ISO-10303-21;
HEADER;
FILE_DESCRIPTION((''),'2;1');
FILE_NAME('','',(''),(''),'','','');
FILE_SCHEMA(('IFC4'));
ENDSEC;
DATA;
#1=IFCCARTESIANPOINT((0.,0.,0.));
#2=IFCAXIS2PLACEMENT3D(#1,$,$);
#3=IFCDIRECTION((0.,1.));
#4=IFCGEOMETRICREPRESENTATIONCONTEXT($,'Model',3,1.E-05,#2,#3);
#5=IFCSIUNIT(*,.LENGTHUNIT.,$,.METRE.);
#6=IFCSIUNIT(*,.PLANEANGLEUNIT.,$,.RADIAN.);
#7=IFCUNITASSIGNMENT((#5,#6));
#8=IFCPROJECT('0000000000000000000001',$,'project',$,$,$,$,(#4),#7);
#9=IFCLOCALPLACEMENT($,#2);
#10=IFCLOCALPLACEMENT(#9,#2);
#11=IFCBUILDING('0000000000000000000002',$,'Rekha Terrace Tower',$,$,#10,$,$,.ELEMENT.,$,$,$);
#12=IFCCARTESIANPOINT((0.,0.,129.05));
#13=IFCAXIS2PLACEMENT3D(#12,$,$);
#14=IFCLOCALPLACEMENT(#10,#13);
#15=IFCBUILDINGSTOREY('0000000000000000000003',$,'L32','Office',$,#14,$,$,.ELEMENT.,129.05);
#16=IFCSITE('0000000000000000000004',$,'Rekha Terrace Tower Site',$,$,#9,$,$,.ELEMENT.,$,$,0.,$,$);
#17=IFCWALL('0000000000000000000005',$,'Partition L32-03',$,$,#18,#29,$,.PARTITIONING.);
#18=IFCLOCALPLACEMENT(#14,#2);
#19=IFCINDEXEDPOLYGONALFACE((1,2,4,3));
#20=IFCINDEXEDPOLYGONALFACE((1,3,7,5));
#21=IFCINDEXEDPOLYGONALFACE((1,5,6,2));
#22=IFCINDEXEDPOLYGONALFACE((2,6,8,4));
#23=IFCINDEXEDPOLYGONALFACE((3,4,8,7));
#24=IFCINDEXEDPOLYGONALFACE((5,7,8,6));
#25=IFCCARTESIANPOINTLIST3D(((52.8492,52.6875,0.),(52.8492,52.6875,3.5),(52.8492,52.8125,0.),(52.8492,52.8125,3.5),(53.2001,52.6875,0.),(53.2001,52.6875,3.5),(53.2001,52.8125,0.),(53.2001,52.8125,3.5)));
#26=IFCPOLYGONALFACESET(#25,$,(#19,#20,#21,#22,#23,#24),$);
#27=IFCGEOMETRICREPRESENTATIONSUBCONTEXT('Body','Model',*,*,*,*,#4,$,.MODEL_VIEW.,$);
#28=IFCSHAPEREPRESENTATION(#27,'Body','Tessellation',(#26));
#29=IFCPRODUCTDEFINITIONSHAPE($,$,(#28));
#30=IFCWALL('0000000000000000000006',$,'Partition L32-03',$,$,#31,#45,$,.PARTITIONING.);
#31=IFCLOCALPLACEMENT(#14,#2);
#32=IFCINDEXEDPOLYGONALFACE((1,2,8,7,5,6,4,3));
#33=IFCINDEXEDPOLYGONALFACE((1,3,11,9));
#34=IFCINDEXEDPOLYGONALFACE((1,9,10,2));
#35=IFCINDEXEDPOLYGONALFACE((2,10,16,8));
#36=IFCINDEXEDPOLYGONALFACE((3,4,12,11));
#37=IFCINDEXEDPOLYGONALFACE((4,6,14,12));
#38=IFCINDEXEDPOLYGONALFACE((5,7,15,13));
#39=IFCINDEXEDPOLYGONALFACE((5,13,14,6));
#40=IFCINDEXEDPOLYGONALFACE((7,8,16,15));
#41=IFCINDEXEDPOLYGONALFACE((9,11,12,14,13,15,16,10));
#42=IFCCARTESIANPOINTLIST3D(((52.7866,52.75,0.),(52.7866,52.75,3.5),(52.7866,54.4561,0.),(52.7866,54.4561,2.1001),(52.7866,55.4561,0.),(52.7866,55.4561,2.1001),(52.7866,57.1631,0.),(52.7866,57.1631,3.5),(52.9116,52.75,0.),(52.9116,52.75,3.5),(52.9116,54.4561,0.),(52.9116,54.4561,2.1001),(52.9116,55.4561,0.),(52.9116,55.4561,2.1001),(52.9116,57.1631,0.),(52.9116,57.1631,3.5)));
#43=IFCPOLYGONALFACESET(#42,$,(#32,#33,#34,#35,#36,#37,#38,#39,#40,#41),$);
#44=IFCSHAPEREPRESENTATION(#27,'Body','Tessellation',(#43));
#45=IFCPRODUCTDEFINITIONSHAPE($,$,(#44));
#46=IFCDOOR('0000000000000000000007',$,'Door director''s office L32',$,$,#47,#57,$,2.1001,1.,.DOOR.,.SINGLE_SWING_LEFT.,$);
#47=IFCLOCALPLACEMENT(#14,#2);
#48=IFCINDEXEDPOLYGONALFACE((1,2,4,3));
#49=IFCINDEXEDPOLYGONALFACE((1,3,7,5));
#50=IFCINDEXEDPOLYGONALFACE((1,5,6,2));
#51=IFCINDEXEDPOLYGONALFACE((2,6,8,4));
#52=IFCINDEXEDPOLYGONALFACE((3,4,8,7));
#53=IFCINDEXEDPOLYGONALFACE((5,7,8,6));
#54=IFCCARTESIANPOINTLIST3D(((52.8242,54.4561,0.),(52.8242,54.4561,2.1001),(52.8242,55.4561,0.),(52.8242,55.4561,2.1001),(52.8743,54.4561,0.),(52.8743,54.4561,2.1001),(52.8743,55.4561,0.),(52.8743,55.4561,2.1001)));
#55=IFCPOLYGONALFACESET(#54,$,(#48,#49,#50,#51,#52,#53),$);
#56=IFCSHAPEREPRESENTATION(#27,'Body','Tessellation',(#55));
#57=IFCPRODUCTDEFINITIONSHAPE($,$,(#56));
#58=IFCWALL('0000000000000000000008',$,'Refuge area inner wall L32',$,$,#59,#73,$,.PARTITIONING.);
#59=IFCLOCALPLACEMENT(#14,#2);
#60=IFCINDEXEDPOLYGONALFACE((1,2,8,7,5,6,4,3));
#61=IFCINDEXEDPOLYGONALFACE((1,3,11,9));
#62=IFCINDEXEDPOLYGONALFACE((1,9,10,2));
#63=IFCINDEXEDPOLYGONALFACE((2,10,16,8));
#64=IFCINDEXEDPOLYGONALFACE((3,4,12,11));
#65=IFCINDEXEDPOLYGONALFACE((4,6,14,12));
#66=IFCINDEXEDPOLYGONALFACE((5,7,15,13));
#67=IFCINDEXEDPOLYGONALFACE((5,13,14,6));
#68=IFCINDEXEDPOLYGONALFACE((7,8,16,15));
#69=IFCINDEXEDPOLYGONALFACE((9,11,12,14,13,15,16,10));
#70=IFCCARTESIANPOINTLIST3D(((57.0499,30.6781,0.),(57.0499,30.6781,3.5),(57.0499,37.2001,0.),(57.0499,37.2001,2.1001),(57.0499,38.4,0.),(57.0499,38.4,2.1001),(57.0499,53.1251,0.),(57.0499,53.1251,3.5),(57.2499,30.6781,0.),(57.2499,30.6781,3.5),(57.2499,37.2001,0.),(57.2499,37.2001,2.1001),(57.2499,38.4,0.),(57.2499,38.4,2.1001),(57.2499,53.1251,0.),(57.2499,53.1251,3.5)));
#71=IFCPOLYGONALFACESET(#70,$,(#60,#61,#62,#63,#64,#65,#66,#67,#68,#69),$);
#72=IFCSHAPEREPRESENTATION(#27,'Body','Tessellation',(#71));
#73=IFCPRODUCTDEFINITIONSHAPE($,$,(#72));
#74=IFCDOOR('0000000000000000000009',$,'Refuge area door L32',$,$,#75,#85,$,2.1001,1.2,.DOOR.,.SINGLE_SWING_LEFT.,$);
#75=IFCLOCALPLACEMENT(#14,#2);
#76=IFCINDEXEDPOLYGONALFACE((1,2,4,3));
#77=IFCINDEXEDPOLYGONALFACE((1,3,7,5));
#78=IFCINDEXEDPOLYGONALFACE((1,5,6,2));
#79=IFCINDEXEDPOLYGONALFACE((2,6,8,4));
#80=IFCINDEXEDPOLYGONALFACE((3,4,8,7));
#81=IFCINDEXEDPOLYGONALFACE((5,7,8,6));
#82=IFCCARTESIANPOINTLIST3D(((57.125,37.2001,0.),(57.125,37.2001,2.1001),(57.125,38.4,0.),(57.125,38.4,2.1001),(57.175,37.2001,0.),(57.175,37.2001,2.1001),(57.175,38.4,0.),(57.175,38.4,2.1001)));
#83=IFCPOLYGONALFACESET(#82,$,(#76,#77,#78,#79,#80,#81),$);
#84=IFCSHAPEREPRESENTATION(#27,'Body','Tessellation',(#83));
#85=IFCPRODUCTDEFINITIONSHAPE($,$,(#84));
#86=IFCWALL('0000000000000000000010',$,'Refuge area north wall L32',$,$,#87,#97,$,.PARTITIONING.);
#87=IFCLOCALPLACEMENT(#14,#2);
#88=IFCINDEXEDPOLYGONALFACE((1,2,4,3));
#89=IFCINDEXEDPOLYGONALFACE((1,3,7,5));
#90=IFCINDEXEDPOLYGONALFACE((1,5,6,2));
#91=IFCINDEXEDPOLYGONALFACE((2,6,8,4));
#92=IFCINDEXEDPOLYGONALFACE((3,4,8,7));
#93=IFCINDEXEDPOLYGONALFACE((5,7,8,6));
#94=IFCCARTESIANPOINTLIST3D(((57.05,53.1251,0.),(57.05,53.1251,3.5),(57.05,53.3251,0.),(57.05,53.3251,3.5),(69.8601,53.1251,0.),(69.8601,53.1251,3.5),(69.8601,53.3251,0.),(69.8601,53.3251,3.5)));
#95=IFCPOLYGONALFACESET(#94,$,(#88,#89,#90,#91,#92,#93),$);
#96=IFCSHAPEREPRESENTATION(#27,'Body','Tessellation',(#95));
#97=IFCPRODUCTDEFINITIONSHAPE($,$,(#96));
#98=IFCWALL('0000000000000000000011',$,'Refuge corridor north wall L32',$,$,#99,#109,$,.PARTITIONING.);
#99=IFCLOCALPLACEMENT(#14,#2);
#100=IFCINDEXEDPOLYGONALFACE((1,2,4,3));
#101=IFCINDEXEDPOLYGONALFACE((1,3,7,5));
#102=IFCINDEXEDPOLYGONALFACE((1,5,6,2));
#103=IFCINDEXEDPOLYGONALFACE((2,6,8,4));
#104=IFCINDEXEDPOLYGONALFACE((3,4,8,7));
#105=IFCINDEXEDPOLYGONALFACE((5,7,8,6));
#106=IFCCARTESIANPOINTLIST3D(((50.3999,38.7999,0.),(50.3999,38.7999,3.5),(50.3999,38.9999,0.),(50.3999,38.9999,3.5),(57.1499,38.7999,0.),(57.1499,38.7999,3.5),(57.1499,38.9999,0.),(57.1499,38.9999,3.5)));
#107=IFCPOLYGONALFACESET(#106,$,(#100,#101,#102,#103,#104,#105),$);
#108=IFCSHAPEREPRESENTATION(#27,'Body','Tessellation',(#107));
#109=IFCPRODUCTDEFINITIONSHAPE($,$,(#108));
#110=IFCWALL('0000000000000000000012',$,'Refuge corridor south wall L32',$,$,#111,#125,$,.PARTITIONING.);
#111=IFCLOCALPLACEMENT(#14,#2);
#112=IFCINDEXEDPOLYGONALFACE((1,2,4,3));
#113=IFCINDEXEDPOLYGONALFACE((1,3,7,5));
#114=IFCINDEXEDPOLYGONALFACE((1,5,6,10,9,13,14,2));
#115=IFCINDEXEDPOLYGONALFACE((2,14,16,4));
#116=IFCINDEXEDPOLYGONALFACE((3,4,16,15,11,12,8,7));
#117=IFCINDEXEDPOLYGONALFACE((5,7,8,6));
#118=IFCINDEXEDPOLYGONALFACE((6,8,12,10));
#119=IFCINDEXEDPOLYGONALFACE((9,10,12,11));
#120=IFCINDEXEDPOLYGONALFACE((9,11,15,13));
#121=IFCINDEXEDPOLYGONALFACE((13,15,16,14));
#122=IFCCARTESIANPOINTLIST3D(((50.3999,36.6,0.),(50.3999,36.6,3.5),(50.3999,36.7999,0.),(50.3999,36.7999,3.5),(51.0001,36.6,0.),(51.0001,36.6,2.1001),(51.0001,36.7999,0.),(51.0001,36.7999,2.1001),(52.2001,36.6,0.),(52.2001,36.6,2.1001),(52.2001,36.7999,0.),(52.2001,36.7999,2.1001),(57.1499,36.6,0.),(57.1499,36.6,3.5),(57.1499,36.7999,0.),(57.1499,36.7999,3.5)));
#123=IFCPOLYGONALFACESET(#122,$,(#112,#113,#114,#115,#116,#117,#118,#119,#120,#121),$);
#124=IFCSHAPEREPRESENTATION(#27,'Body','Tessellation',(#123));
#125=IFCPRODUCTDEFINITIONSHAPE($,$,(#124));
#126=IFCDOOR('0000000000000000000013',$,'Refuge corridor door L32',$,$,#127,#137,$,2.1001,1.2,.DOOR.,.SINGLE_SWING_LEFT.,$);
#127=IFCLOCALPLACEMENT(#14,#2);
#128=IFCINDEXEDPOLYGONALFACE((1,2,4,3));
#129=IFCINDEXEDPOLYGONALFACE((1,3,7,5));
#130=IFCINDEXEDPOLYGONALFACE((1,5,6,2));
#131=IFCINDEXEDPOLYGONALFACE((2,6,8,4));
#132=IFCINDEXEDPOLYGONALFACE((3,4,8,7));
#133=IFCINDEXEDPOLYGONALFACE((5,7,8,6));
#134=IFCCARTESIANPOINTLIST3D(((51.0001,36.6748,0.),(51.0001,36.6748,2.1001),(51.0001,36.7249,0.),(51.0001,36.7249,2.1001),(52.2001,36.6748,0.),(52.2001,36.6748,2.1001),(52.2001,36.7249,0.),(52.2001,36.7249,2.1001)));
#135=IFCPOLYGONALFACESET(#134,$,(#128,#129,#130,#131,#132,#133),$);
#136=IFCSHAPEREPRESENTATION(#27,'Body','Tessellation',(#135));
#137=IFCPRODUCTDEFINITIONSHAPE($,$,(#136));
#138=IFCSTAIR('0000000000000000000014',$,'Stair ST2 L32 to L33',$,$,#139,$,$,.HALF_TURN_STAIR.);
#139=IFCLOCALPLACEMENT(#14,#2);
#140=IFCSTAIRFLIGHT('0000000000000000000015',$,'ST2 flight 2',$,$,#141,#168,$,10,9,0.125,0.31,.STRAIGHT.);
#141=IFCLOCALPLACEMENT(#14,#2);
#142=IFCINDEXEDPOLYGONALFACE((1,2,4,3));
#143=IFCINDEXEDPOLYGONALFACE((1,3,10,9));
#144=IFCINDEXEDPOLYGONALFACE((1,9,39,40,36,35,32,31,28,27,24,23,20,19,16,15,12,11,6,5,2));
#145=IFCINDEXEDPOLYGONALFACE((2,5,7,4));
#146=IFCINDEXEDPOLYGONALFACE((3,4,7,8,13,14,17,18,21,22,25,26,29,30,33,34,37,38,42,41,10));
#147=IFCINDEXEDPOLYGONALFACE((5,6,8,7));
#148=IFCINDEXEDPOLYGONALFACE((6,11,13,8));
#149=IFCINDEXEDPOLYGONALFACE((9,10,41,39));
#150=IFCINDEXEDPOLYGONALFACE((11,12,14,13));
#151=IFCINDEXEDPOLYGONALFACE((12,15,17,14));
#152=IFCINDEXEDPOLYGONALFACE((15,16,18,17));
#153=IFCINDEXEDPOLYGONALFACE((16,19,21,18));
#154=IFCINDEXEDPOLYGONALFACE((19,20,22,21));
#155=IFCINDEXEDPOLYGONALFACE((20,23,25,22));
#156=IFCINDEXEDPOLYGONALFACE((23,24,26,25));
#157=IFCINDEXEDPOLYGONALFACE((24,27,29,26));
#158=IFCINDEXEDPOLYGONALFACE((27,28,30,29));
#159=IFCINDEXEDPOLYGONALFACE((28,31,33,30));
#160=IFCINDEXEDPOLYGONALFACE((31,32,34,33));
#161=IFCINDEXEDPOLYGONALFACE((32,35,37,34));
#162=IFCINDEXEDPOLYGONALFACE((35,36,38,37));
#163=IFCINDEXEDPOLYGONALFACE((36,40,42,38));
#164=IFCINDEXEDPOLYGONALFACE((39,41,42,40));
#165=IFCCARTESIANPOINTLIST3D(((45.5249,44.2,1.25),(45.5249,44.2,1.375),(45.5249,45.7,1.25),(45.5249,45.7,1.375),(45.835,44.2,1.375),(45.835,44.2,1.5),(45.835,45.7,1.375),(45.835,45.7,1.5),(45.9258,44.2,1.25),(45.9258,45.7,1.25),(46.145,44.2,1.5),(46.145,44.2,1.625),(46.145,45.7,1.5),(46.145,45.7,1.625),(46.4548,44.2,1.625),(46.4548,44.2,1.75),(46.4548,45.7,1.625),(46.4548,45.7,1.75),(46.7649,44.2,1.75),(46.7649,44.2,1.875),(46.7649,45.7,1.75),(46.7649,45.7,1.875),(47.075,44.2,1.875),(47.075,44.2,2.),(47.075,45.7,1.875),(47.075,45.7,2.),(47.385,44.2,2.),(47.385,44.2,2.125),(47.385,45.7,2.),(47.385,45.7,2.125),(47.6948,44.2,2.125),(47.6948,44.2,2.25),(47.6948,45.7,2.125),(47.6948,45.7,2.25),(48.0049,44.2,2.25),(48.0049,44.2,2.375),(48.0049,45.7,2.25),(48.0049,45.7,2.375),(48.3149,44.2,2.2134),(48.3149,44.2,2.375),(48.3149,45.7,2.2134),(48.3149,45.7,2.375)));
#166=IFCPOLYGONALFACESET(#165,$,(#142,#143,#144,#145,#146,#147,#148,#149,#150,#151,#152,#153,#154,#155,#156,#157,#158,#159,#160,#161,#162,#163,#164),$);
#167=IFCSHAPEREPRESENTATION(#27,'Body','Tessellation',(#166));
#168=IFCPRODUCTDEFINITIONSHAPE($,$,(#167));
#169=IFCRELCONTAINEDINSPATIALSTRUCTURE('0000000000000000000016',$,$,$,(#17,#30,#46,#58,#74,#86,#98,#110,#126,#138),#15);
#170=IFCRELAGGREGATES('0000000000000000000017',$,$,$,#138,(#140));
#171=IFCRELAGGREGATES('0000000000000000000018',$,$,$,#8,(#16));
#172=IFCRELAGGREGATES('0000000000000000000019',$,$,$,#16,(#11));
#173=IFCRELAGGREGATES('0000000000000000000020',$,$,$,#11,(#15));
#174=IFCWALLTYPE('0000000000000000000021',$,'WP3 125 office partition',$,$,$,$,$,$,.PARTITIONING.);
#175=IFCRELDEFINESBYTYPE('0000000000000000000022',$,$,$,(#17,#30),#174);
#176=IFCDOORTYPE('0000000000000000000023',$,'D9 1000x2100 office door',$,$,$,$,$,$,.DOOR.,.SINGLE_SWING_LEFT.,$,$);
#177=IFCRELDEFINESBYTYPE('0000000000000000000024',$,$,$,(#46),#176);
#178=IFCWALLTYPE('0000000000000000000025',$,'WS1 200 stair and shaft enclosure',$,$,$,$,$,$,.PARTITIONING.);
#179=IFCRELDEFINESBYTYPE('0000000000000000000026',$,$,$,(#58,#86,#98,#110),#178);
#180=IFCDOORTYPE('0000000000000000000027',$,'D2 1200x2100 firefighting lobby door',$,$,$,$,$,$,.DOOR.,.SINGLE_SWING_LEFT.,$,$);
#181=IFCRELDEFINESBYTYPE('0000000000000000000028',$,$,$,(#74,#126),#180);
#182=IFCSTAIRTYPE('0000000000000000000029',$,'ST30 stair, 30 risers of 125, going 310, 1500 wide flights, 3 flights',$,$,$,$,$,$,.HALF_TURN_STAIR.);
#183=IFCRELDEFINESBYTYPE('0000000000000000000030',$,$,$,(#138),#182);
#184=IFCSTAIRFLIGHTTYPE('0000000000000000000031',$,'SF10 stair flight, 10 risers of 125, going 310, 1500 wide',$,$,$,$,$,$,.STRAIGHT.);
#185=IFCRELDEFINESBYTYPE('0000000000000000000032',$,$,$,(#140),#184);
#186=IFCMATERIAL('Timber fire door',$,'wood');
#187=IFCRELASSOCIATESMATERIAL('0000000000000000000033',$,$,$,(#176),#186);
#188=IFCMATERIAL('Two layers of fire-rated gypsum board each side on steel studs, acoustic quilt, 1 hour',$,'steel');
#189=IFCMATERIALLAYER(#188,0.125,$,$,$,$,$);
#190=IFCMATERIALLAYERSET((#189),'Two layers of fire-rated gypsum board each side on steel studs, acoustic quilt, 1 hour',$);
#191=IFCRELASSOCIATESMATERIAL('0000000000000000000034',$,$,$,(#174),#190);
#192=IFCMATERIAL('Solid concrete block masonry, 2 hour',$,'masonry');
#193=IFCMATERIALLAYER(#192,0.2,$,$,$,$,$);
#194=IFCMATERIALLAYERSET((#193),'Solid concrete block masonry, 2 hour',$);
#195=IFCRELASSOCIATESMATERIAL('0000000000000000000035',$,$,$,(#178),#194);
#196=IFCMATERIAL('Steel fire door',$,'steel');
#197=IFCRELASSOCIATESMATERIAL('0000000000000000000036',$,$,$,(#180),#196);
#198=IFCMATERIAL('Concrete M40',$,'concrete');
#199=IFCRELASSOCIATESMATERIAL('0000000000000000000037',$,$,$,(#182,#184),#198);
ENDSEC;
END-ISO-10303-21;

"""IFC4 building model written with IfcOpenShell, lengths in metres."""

from ifc_helpers import new_model, si_unit, direction, frame, frame_2d, origin, place, context, subcontext, project, spatial, polyline, rectangle, outline, extrude, material, layer, layer_set, type_object, element, fill, aggregate, save


model = new_model("IFC4")

# Units and contexts
model_context = context("Model", 3, precision=1e-05, world=origin(), true_north=direction((0.0, 1.0)))
body_context = subcontext(model_context, "Body", "Model", "MODEL_VIEW")
ifc_project = project(units=[si_unit("LENGTHUNIT", "METRE"), si_unit("PLANEANGLEUNIT", "RADIAN")], contexts=[model_context])

# Site, building, storey
site_placement = place(None, origin())
site = spatial("IfcSite", under=ifc_project, at=site_placement, Name="Rekha Terrace Tower Site", CompositionType="ELEMENT", RefElevation=0.0)
building_placement = place(site_placement, origin())
building = spatial("IfcBuilding", under=site, at=building_placement, Name="Rekha Terrace Tower", CompositionType="ELEMENT")
storey_placement = place(building_placement, frame((0.0, 0.0, 129.05)))
storey = spatial("IfcBuildingStorey", under=building, at=storey_placement, Name="L32", Description="Office", CompositionType="ELEMENT", Elevation=129.05)

# Shared definitions
ifc_material_1 = material(Name="Timber fire door", Category="wood")
door_type_1 = type_object("IfcDoorType", Name="D9 1000x2100 office door", OperationType="SINGLE_SWING_LEFT", PredefinedType="DOOR", material=ifc_material_1)

# Wall
ifc_material_2 = material(Name="Two layers of fire-rated gypsum board each side on steel studs, acoustic quilt, 1 hour", Category="steel")
ifc_layer_1 = layer(ifc_material_2, 0.125)
ifc_layer_set_1 = layer_set([ifc_layer_1], Name="Two layers of fire-rated gypsum board each side on steel studs, acoustic quilt, 1 hour")
wall_type_1 = type_object("IfcWallType", Name="WP3 125 office partition", PredefinedType="PARTITIONING", material=ifc_layer_set_1)
wall_1_placement = place(storey_placement, frame((53.2, 52.75, 0.0), z_axis=(0.0, 0.0, 1.0), x_axis=(-1.0, 0.0, 0.0)))
element("IfcWall", 1, at=wall_1_placement, inside=storey, type_object=wall_type_1, Name="Partition L32-03", PredefinedType="PARTITIONING", context=body_context, shape_type="SweptSolid", body=[
    extrude(rectangle(XDim=0.3508, YDim=0.125, at=frame_2d((0.1753, 0.0))), origin(), (0.0, 0.0, 1.0), 3.5),
])

# Walls, openings, doors
wall_2_placement = place(storey_placement, frame((52.8491, 52.75, 0.0), z_axis=(0.0, 0.0, 1.0), x_axis=(0.0, 1.0, 0.0)))
wall_2 = element("IfcWall", 2, at=wall_2_placement, inside=storey, type_object=wall_type_1, Name="Partition L32-03", PredefinedType="PARTITIONING", context=body_context, shape_type="SweptSolid", body=[
    extrude(rectangle(XDim=4.4131, YDim=0.125, at=frame_2d((2.2065, 0.0))), origin(), (0.0, 0.0, 1.0), 3.5),
])
opening_1_placement = place(wall_2_placement, frame((1.7061, 0.0, 0.0)))
opening_1 = element("IfcOpeningElement", 3, at=opening_1_placement, cuts=wall_2, PredefinedType="OPENING", context=body_context, shape_type="SweptSolid", body=[
    extrude(rectangle(XDim=1.0, YDim=2.1001, at=frame_2d((0.5, 1.05))), frame((0.0, 0.0725, 0.0), z_axis=(0.0, -1.0, 0.0), x_axis=(1.0, 0.0, 0.0)), (0.0, 0.0, 1.0), 0.145),
])
door_1_placement = place(opening_1_placement, origin())
door_1 = element("IfcDoor", 4, at=door_1_placement, inside=storey, type_object=door_type_1, Name="Door director's office L32", OperationType="SINGLE_SWING_LEFT", OverallHeight=2.1001, OverallWidth=1.0, PredefinedType="DOOR", context=body_context, shape_type="SweptSolid", body=[
    extrude(rectangle(XDim=1.0, YDim=2.1001, at=frame_2d((0.5, 1.05))), frame((0.0, 0.0249, 0.0), z_axis=(0.0, -1.0, 0.0), x_axis=(1.0, 0.0, 0.0)), (0.0, 0.0, 1.0), 0.05),
])
fill(opening_1, door_1)
ifc_material_3 = material(Name="Solid concrete block masonry, 2 hour", Category="masonry")
ifc_layer_2 = layer(ifc_material_3, 0.2)
ifc_layer_set_2 = layer_set([ifc_layer_2], Name="Solid concrete block masonry, 2 hour")
wall_type_2 = type_object("IfcWallType", Name="WS1 200 stair and shaft enclosure", PredefinedType="PARTITIONING", material=ifc_layer_set_2)
wall_3_placement = place(storey_placement, frame((57.1499, 30.678, 0.0), z_axis=(0.0, 0.0, 1.0), x_axis=(0.0, 1.0, 0.0)))
wall_3 = element("IfcWall", 5, at=wall_3_placement, inside=storey, type_object=wall_type_2, Name="Refuge area inner wall L32", PredefinedType="PARTITIONING", context=body_context, shape_type="SweptSolid", body=[
    extrude(rectangle(XDim=22.447, YDim=0.2, at=frame_2d((11.2236, 0.0))), origin(), (0.0, 0.0, 1.0), 3.5),
])
opening_2_placement = place(wall_3_placement, frame((6.522, 0.0, 0.0)))
opening_2 = element("IfcOpeningElement", 6, at=opening_2_placement, cuts=wall_3, PredefinedType="OPENING", context=body_context, shape_type="SweptSolid", body=[
    extrude(rectangle(XDim=1.2, YDim=2.1001, at=frame_2d((0.6001, 1.05))), frame((0.0, 0.1099, 0.0), z_axis=(0.0, -1.0, 0.0), x_axis=(1.0, 0.0, 0.0)), (0.0, 0.0, 1.0), 0.22),
])
ifc_material_4 = material(Name="Steel fire door", Category="steel")
door_type_2 = type_object("IfcDoorType", Name="D2 1200x2100 firefighting lobby door", OperationType="SINGLE_SWING_LEFT", PredefinedType="DOOR", material=ifc_material_4)
door_2_placement = place(opening_2_placement, origin())
door_2 = element("IfcDoor", 7, at=door_2_placement, inside=storey, type_object=door_type_2, Name="Refuge area door L32", OperationType="SINGLE_SWING_LEFT", OverallHeight=2.1001, OverallWidth=1.2, PredefinedType="DOOR", context=body_context, shape_type="SweptSolid", body=[
    extrude(rectangle(XDim=1.2, YDim=2.1001, at=frame_2d((0.6001, 1.05))), frame((0.0, 0.0249, 0.0), z_axis=(0.0, -1.0, 0.0), x_axis=(1.0, 0.0, 0.0)), (0.0, 0.0, 1.0), 0.05),
])
fill(opening_2, door_2)

# Walls
wall_4_placement = place(storey_placement, frame((57.05, 53.2251, 0.0), z_axis=(0.0, 0.0, 1.0), x_axis=(1.0, 0.0, 0.0)))
element("IfcWall", 8, at=wall_4_placement, inside=storey, type_object=wall_type_2, Name="Refuge area north wall L32", PredefinedType="PARTITIONING", context=body_context, shape_type="SweptSolid", body=[
    extrude(rectangle(XDim=12.8101, YDim=0.2, at=frame_2d((6.405, 0.0))), origin(), (0.0, 0.0, 1.0), 3.5),
])
wall_5_placement = place(storey_placement, frame((50.3999, 38.8999, 0.0), z_axis=(0.0, 0.0, 1.0), x_axis=(1.0, 0.0, 0.0)))
element("IfcWall", 9, at=wall_5_placement, inside=storey, type_object=wall_type_2, Name="Refuge corridor north wall L32", PredefinedType="PARTITIONING", context=body_context, shape_type="SweptSolid", body=[
    extrude(rectangle(XDim=6.75, YDim=0.2, at=frame_2d((3.375, 0.0))), origin(), (0.0, 0.0, 1.0), 3.5),
])

# Wall, opening, door
wall_6_placement = place(storey_placement, frame((50.3999, 36.7, 0.0), z_axis=(0.0, 0.0, 1.0), x_axis=(1.0, 0.0, 0.0)))
wall_6 = element("IfcWall", 10, at=wall_6_placement, inside=storey, type_object=wall_type_2, Name="Refuge corridor south wall L32", PredefinedType="PARTITIONING", context=body_context, shape_type="SweptSolid", body=[
    extrude(rectangle(XDim=6.75, YDim=0.2, at=frame_2d((3.375, 0.0))), origin(), (0.0, 0.0, 1.0), 3.5),
])
opening_3_placement = place(wall_6_placement, frame((0.6001, 0.0, 0.0)))
opening_3 = element("IfcOpeningElement", 11, at=opening_3_placement, cuts=wall_6, PredefinedType="OPENING", context=body_context, shape_type="SweptSolid", body=[
    extrude(rectangle(XDim=1.2, YDim=2.1001, at=frame_2d((0.6001, 1.05))), frame((0.0, 0.1099, 0.0), z_axis=(0.0, -1.0, 0.0), x_axis=(1.0, 0.0, 0.0)), (0.0, 0.0, 1.0), 0.22),
])
door_3_placement = place(opening_3_placement, origin())
door_3 = element("IfcDoor", 12, at=door_3_placement, inside=storey, type_object=door_type_2, Name="Refuge corridor door L32", OperationType="SINGLE_SWING_LEFT", OverallHeight=2.1001, OverallWidth=1.2, PredefinedType="DOOR", context=body_context, shape_type="SweptSolid", body=[
    extrude(rectangle(XDim=1.2, YDim=2.1001, at=frame_2d((0.6001, 1.05))), frame((0.0, 0.0249, 0.0), z_axis=(0.0, -1.0, 0.0), x_axis=(1.0, 0.0, 0.0)), (0.0, 0.0, 1.0), 0.05),
])
fill(opening_3, door_3)

# Stair, stair flight
ifc_material_5 = material(Name="Concrete M40", Category="concrete")
stair_type = type_object("IfcStairType", Name="ST30 stair, 30 risers of 125, going 310, 1500 wide flights, 3 flights", PredefinedType="HALF_TURN_STAIR", material=ifc_material_5)
stair_placement = place(storey_placement, origin())
stair = element("IfcStair", 13, at=stair_placement, inside=storey, type_object=stair_type, Name="Stair ST2 L32 to L33", PredefinedType="HALF_TURN_STAIR")
stair_flight_type = type_object("IfcStairFlightType", Name="SF10 stair flight, 10 risers of 125, going 310, 1500 wide", PredefinedType="STRAIGHT", material=ifc_material_5)
stair_flight_1_placement = place(storey_placement, frame((45.5249, 44.95, 1.25), z_axis=(0.0, 0.0, 1.0), x_axis=(1.0, 0.0, 0.0)))
stair_flight_1 = element("IfcStairFlight", 14, at=stair_flight_1_placement, type_object=stair_flight_type, Name="ST2 flight 2", NumberOfRisers=10, NumberOfTreads=9, PredefinedType="STRAIGHT", RiserHeight=0.125, TreadLength=0.31, context=body_context, shape_type="SweptSolid", body=[
    extrude(outline(polyline([(0.0, 0.0), (0.0, 0.125), (0.3101, 0.125), (0.3101, 0.25), (0.6201, 0.25), (0.6201, 0.375), (0.9299, 0.375), (0.9299, 0.5), (1.24, 0.5), (1.24, 0.625), (1.55, 0.625), (1.55, 0.75), (1.8601, 0.75), (1.8601, 0.875), (2.1699, 0.875), (2.1699, 1.0), (2.48, 1.0), (2.48, 1.125), (2.79, 1.125), (2.79, 1.25), (2.79, 0.9634), (0.4009, 0.0), (0.0, 0.0)])), frame((0.0, 0.75, 0.0), z_axis=(0.0, -1.0, 0.0), x_axis=(1.0, 0.0, 0.0)), (0.0, 0.0, 1.0), 1.5),
])
aggregate(stair, [stair_flight_1])

save(model, "model.ifc")
